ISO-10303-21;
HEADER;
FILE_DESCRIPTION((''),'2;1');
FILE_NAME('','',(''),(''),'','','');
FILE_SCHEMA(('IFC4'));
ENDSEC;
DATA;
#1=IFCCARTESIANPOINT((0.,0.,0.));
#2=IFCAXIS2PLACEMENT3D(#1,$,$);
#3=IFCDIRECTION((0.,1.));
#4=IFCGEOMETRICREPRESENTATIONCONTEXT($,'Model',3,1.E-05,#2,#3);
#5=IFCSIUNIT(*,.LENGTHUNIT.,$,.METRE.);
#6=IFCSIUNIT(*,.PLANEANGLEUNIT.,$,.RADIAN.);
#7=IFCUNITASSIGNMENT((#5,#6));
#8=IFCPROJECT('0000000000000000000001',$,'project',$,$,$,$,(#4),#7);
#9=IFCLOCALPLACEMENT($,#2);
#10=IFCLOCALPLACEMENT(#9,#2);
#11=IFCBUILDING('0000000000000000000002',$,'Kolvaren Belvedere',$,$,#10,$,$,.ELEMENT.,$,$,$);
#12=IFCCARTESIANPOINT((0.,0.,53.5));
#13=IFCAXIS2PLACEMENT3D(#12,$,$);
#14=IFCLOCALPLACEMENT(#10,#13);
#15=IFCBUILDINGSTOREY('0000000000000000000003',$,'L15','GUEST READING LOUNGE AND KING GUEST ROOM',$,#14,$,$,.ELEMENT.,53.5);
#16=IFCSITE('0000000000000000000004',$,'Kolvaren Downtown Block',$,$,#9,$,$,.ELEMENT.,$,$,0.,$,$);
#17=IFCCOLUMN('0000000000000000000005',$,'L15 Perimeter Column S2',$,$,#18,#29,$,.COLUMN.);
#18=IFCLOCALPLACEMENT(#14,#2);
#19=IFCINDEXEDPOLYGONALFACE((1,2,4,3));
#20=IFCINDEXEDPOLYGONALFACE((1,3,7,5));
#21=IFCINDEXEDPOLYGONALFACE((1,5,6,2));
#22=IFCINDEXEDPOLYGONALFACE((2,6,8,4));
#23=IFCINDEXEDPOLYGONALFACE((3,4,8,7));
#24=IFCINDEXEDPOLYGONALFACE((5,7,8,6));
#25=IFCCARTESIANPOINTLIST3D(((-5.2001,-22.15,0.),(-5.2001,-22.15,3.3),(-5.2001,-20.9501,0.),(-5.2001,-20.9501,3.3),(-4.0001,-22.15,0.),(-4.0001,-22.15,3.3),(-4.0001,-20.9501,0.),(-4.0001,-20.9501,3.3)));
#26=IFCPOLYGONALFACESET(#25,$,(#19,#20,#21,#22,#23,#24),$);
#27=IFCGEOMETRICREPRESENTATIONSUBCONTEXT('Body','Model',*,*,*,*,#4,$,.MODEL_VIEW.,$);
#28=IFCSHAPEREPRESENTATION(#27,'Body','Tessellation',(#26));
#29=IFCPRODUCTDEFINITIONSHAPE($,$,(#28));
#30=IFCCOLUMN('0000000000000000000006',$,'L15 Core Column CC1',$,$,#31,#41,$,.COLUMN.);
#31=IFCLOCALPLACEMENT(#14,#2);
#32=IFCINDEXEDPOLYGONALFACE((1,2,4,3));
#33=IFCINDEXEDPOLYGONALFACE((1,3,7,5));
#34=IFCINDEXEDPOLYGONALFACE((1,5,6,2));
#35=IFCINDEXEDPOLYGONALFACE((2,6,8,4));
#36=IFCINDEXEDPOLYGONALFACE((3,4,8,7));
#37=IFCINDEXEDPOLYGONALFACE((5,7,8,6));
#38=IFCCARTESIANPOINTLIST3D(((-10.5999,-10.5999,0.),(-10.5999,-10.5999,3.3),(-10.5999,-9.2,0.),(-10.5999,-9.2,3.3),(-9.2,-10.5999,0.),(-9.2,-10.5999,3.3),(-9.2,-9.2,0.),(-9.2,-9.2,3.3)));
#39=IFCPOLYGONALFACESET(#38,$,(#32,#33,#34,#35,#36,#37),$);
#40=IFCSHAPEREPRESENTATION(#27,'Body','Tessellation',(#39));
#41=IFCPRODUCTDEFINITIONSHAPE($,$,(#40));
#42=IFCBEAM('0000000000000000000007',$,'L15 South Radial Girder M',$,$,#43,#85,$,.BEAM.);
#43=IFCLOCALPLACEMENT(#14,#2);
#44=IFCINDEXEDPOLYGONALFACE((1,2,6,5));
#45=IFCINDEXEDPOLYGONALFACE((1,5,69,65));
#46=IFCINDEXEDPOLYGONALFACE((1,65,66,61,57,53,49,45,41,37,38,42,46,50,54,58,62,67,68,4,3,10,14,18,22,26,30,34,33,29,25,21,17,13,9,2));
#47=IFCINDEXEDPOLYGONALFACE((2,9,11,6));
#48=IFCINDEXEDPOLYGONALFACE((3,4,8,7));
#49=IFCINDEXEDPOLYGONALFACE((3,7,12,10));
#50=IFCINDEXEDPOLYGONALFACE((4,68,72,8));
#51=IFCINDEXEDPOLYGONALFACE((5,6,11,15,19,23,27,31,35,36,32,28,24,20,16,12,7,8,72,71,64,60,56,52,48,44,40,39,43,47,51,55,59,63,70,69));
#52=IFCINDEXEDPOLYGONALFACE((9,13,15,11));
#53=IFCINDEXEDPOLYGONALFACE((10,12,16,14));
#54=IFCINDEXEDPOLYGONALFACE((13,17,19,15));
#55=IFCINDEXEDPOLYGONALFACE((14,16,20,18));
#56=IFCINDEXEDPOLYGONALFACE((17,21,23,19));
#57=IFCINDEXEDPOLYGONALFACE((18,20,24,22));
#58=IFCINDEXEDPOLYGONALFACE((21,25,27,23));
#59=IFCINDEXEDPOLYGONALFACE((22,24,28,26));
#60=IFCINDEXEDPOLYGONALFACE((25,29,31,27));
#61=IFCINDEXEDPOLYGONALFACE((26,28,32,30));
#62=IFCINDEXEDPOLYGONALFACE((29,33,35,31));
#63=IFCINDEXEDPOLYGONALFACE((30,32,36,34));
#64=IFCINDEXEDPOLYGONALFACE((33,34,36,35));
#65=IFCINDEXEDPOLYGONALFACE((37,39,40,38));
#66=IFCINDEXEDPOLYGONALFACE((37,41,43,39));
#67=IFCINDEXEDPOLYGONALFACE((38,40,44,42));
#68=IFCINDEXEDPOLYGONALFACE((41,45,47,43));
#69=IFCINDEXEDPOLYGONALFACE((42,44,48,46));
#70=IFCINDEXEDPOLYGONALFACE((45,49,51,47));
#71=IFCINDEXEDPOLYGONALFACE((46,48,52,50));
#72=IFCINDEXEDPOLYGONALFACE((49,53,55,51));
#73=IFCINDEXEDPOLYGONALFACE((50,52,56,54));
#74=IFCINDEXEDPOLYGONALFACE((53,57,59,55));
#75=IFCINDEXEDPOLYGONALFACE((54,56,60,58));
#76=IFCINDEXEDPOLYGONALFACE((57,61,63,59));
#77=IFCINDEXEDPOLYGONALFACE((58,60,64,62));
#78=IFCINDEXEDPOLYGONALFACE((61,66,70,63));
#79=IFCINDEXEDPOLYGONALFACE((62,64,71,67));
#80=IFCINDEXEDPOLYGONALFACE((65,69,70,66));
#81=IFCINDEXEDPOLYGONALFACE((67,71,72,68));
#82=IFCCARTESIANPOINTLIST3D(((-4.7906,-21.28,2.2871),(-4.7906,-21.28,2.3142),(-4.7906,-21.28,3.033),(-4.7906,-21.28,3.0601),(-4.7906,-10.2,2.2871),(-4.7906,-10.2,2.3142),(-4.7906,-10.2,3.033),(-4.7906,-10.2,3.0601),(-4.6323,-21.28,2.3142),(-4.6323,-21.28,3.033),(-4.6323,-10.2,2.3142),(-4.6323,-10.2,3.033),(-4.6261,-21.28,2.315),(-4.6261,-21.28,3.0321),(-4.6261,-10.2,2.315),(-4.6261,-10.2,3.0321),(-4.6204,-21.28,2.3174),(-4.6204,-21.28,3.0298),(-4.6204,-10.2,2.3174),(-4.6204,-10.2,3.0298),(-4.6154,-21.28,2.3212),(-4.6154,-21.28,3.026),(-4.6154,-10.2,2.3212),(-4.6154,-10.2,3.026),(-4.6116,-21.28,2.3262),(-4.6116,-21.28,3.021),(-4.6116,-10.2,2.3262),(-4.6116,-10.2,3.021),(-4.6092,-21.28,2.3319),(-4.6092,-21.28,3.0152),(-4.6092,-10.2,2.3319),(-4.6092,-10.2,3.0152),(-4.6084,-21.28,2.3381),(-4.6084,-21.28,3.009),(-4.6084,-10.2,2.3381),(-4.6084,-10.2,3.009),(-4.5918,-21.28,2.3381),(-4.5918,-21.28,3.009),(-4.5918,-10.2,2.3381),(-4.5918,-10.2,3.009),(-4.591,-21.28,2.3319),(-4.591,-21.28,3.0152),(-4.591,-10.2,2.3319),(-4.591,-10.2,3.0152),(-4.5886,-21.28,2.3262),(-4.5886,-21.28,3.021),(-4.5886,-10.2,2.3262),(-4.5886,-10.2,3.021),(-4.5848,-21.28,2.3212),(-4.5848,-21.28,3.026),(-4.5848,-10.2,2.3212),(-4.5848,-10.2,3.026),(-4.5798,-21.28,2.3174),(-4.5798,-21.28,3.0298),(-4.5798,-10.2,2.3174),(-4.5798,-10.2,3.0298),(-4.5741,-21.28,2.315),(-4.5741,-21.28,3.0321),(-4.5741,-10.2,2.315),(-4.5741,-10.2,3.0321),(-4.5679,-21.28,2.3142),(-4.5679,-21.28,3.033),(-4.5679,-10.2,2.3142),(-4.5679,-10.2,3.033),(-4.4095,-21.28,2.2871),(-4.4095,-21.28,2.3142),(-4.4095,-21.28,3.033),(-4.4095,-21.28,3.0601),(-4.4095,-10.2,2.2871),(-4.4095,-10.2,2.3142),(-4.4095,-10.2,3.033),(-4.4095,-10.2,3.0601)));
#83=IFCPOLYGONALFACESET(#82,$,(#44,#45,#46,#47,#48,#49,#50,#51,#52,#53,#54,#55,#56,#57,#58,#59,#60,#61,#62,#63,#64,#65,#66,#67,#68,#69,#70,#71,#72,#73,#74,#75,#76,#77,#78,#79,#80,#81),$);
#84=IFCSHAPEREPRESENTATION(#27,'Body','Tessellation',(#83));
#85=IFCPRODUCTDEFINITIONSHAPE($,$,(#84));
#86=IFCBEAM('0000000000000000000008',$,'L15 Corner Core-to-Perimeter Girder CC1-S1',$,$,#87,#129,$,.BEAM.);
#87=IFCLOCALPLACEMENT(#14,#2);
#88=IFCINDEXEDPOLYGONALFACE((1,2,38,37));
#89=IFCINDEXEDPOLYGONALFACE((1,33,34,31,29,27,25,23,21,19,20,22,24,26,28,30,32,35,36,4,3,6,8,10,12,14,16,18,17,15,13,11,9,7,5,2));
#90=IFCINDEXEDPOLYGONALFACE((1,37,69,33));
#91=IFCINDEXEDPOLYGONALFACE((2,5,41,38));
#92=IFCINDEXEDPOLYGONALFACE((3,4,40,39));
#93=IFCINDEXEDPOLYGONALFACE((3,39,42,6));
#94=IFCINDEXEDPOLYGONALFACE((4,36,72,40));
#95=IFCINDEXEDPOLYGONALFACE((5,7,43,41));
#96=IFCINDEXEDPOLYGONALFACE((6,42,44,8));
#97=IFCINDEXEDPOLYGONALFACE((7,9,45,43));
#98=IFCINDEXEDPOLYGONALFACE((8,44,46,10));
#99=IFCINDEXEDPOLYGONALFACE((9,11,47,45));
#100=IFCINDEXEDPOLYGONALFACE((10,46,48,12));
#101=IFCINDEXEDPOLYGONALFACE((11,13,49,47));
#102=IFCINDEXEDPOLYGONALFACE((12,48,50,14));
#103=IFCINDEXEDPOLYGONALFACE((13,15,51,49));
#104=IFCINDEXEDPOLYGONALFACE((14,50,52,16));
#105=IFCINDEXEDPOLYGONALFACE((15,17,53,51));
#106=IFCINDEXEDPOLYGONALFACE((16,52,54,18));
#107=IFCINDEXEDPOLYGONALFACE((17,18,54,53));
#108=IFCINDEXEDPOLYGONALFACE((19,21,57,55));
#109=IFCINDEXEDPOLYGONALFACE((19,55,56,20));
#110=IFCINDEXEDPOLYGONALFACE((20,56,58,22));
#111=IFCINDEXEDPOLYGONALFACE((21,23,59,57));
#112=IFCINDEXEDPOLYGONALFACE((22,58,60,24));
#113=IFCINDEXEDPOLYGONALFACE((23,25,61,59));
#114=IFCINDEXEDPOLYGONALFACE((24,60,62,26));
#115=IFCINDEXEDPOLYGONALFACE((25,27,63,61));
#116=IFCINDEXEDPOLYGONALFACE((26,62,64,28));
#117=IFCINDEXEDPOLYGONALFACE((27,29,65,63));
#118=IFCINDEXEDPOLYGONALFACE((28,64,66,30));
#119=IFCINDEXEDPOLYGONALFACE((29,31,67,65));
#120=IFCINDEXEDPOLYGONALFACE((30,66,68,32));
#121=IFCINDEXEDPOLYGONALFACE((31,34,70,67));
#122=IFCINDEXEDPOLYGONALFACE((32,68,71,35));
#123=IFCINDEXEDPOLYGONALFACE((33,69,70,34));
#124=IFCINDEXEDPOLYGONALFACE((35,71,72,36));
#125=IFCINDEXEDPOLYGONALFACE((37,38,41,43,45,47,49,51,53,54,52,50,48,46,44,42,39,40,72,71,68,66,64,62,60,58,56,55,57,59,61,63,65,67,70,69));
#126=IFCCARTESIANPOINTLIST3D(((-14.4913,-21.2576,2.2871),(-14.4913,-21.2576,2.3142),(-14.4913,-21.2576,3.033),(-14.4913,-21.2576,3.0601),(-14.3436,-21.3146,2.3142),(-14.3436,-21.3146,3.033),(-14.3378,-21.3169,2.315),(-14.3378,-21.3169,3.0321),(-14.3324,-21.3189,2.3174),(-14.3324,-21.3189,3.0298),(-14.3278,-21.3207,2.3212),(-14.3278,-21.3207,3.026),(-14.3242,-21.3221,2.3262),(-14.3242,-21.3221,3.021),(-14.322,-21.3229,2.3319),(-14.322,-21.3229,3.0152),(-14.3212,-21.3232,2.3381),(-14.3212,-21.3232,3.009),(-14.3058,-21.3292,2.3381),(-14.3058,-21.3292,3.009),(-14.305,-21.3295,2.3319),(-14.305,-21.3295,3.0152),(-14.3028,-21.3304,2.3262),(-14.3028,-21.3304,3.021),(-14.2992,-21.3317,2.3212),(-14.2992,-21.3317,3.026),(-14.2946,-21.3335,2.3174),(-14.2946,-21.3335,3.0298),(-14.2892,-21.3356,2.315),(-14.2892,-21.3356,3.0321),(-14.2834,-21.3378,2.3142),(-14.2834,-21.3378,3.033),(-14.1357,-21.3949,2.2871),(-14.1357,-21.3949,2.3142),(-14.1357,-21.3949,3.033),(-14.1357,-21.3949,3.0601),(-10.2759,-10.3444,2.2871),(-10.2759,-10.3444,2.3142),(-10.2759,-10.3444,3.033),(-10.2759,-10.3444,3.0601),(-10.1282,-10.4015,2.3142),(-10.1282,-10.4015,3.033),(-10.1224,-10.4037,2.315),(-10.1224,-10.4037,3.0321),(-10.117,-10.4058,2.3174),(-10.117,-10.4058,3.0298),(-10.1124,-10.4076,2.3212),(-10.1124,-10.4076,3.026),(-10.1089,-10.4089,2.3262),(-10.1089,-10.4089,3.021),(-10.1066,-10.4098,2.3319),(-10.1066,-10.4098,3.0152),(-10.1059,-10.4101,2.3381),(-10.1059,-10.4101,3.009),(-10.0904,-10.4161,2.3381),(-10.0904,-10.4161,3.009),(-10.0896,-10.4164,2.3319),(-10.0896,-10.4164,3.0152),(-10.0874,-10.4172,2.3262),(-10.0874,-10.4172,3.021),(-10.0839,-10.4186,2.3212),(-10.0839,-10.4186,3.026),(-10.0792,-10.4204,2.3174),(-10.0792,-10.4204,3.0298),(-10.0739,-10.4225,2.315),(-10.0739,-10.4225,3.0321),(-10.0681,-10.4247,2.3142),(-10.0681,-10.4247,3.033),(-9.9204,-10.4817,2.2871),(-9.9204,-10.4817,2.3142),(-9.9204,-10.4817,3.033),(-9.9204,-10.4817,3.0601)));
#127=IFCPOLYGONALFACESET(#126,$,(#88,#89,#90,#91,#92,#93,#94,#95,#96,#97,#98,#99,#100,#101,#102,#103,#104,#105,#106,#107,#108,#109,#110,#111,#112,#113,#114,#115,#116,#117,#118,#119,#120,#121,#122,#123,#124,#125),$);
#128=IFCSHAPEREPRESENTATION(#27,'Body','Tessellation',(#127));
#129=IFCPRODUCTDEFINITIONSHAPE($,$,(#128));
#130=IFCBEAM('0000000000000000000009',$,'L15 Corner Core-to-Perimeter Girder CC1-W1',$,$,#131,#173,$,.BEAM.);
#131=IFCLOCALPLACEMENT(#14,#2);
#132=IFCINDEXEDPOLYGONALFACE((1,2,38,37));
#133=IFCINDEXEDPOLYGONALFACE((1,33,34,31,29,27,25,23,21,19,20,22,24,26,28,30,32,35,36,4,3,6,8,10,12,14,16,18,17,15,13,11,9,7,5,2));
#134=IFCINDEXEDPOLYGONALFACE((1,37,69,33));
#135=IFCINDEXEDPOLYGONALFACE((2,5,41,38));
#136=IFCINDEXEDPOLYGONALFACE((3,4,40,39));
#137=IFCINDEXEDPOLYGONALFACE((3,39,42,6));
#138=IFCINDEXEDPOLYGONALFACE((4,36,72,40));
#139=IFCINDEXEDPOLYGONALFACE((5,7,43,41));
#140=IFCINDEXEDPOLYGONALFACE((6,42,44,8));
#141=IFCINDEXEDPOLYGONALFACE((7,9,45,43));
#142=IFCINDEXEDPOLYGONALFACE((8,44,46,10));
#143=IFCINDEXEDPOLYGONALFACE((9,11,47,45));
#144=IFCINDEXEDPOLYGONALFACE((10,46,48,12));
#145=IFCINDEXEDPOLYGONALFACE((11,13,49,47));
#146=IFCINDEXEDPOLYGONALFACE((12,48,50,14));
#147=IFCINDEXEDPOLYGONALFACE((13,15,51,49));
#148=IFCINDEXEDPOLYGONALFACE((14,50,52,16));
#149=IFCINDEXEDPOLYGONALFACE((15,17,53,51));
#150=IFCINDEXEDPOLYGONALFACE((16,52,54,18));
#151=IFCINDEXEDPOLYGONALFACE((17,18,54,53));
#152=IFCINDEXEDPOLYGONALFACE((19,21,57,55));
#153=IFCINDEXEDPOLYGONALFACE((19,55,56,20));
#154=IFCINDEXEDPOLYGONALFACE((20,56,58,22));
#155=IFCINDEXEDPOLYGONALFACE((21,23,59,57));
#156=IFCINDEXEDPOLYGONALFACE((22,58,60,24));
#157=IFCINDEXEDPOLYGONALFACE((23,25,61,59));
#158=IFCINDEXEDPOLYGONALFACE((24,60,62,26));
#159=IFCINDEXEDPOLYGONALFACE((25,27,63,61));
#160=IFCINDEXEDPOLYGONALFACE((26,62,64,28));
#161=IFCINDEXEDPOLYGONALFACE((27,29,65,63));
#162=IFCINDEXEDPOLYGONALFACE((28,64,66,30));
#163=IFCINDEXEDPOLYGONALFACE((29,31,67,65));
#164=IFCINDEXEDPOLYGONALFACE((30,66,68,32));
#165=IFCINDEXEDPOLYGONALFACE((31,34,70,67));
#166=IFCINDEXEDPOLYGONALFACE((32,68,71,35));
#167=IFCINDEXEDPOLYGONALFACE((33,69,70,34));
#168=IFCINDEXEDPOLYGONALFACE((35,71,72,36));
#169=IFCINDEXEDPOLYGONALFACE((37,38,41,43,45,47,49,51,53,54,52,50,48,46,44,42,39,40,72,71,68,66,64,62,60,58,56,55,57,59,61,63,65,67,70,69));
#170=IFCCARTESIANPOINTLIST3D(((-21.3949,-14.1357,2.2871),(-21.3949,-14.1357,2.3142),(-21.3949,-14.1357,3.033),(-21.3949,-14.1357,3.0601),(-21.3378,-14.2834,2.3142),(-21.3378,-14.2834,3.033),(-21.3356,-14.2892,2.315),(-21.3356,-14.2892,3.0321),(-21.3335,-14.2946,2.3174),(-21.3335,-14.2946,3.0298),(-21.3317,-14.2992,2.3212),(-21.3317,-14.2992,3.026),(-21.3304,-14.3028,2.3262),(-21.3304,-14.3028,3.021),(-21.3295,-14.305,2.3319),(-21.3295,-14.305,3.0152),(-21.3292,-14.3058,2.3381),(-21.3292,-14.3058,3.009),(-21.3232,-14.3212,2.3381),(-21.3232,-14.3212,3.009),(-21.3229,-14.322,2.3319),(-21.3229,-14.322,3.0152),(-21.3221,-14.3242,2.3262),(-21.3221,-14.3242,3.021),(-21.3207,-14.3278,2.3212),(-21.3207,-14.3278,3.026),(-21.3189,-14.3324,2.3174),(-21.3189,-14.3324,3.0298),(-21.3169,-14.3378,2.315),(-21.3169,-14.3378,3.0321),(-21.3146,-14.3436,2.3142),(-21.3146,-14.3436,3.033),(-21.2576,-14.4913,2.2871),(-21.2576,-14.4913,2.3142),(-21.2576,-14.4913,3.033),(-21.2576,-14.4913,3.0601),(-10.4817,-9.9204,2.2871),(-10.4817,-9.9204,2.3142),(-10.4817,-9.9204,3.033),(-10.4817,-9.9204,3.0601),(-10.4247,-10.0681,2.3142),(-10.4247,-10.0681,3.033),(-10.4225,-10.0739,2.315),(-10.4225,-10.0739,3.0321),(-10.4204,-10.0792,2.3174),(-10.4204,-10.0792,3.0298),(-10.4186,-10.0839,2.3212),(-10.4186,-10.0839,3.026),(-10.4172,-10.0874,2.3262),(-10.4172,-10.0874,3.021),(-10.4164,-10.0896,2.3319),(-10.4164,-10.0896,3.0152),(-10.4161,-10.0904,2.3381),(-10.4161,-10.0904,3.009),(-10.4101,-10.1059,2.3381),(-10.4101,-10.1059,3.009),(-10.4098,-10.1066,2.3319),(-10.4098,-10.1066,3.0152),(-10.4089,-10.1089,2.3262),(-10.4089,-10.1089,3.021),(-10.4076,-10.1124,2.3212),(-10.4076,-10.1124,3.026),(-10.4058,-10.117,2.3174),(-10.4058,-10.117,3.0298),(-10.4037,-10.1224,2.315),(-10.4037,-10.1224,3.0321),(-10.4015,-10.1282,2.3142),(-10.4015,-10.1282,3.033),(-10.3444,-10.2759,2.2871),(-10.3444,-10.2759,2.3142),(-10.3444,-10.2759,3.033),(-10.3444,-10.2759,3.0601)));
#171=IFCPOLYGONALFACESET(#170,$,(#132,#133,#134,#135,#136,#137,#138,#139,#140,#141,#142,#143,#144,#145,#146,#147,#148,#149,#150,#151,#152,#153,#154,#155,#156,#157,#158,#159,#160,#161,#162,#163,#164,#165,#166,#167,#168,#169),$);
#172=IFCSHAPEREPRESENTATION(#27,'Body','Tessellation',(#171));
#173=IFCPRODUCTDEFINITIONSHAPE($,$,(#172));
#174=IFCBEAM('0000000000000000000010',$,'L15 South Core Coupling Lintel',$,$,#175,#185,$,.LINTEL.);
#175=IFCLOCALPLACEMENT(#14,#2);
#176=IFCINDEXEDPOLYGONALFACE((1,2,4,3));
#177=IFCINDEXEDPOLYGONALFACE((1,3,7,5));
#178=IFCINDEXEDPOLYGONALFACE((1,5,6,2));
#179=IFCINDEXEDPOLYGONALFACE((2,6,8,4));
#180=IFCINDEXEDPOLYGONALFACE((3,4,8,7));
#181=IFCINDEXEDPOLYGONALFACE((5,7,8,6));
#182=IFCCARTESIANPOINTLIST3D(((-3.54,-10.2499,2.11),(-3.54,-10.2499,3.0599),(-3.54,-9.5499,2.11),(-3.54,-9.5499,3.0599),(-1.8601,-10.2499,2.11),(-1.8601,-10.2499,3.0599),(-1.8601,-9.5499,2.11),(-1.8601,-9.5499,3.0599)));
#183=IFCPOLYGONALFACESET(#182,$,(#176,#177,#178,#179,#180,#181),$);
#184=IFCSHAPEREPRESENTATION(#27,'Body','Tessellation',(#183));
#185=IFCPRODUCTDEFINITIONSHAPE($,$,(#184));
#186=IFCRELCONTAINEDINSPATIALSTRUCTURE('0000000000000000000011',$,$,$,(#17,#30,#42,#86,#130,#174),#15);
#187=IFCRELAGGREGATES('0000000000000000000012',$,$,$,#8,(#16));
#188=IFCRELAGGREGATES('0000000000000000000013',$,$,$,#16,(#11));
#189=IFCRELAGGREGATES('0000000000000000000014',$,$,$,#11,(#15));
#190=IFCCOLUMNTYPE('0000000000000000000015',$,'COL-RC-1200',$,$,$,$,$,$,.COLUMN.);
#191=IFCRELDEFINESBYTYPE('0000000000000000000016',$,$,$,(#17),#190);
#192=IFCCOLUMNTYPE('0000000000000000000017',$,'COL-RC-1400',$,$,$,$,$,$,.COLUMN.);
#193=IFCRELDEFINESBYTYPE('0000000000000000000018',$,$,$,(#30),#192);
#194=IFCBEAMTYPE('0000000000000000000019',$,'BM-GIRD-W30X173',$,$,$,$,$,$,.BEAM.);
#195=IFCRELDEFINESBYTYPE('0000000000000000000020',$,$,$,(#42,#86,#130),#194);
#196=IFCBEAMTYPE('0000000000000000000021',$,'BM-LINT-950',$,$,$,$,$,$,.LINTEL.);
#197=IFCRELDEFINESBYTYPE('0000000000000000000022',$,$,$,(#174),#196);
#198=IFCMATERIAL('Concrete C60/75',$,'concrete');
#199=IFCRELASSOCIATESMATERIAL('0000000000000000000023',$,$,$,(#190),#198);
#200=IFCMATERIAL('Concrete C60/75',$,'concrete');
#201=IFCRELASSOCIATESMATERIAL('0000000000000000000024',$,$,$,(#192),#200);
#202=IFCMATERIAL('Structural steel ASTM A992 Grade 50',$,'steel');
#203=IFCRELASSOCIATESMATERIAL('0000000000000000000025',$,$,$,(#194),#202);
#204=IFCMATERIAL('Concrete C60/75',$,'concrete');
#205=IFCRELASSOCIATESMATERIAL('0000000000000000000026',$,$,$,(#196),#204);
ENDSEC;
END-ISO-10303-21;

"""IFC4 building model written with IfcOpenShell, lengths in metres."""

from ifc_helpers import new_model, si_unit, direction, frame, origin, origin_2d, place, context, subcontext, project, spatial, rectangle, i_section, extrude, material, material_profile, profile_set, type_object, element, save


model = new_model("IFC4")

# Units and contexts
model_context = context("Model", 3, precision=1e-05, world=origin(), true_north=direction((0.0, 1.0)))
body_context = subcontext(model_context, "Body", "Model", "MODEL_VIEW")
ifc_project = project(units=[si_unit("LENGTHUNIT", "METRE"), si_unit("PLANEANGLEUNIT", "RADIAN")], contexts=[model_context])

# Site, building, storey
site_placement = place(None, origin())
site = spatial("IfcSite", under=ifc_project, at=site_placement, Name="Kolvaren Downtown Block", CompositionType="ELEMENT", RefElevation=0.0)
building_placement = place(site_placement, origin())
building = spatial("IfcBuilding", under=site, at=building_placement, Name="Kolvaren Belvedere", CompositionType="ELEMENT")
storey_placement = place(building_placement, frame((0.0, 0.0, 53.5)))
storey = spatial("IfcBuildingStorey", under=building, at=storey_placement, Name="L15", Description="GUEST READING LOUNGE AND KING GUEST ROOM", CompositionType="ELEMENT", Elevation=53.5)

# Columns
ifc_material_1 = material(Name="Concrete C60/75", Category="concrete")
ifc_material_profile_1 = material_profile(ifc_material_1, rectangle(XDim=1.2, YDim=1.2, at=origin_2d()), Name="RC 1200X1200")
ifc_profile_set_1 = profile_set([ifc_material_profile_1], Name="Concrete C60/75")
column_type_1 = type_object("IfcColumnType", Name="COL-RC-1200", PredefinedType="COLUMN", material=ifc_profile_set_1)
column_1_placement = place(storey_placement, frame((-4.6001, -21.55, 0.0), z_axis=(0.0, 0.0, 1.0), x_axis=(1.0, 0.0, 0.0)))
element("IfcColumn", 1, at=column_1_placement, inside=storey, type_object=column_type_1, Name="L15 Perimeter Column S2", PredefinedType="COLUMN", context=body_context, shape_type="SweptSolid", body=[
    extrude(rectangle(XDim=1.2, YDim=1.2, at=origin_2d()), origin(), (0.0, 0.0, 1.0), 3.3),
])
ifc_material_2 = material(Name="Concrete C60/75", Category="concrete")
ifc_material_profile_2 = material_profile(ifc_material_2, rectangle(XDim=1.3999, YDim=1.3999, at=origin_2d()), Name="RC 1400X1400")
ifc_profile_set_2 = profile_set([ifc_material_profile_2], Name="Concrete C60/75")
column_type_2 = type_object("IfcColumnType", Name="COL-RC-1400", PredefinedType="COLUMN", material=ifc_profile_set_2)
column_2_placement = place(storey_placement, frame((-9.8999, -9.8999, 0.0), z_axis=(0.0, 0.0, 1.0), x_axis=(1.0, 0.0, 0.0)))
element("IfcColumn", 2, at=column_2_placement, inside=storey, type_object=column_type_2, Name="L15 Core Column CC1", PredefinedType="COLUMN", context=body_context, shape_type="SweptSolid", body=[
    extrude(rectangle(XDim=1.3999, YDim=1.3999, at=origin_2d()), origin(), (0.0, 0.0, 1.0), 3.3),
])

# Beams
ifc_material_3 = material(Name="Structural steel ASTM A992 Grade 50", Category="steel")
ifc_material_profile_3 = material_profile(ifc_material_3, i_section(OverallWidth=0.3811, OverallDepth=0.7729, WebThickness=0.0166, FlangeThickness=0.0271, FilletRadius=0.0239, at=origin_2d()), Name="W30X173")
ifc_profile_set_3 = profile_set([ifc_material_profile_3], Name="Structural steel ASTM A992 Grade 50")
beam_type_1 = type_object("IfcBeamType", Name="BM-GIRD-W30X173", PredefinedType="BEAM", material=ifc_profile_set_3)
beam_1_placement = place(storey_placement, frame((-4.6001, -10.2, 2.6736), z_axis=(0.0, -1.0, 0.0), x_axis=(1.0, 0.0, 0.0)))
element("IfcBeam", 3, at=beam_1_placement, inside=storey, type_object=beam_type_1, Name="L15 South Radial Girder M", PredefinedType="BEAM", context=body_context, shape_type="SweptSolid", body=[
    extrude(i_section(OverallWidth=0.3811, OverallDepth=0.7729, WebThickness=0.0166, FlangeThickness=0.0271, FilletRadius=0.0239, at=origin_2d()), origin(), (0.0, 0.0, 1.0), 11.0801),
])
for number, where, z_axis, x_axis, name in (
    (4, (-10.0981, -10.4131, 2.6736), (-0.360318, -0.932829, 0.0), (0.932829, -0.360318, 0.0), "L15 Corner Core-to-Perimeter Girder CC1-S1"),
    (5, (-10.4131, -10.0981, 2.6736), (-0.932829, -0.360318, 0.0), (0.360318, -0.932829, 0.0), "L15 Corner Core-to-Perimeter Girder CC1-W1"),
):
    element("IfcBeam", number, at=place(storey_placement, frame(where, z_axis=z_axis, x_axis=x_axis)), inside=storey, type_object=beam_type_1, Name=name, PredefinedType="BEAM", context=body_context, shape_type="SweptSolid", body=[
        extrude(i_section(OverallWidth=0.3811, OverallDepth=0.7729, WebThickness=0.0166, FlangeThickness=0.0271, FilletRadius=0.0239, at=origin_2d()), origin(), (0.0, 0.0, 1.0), 11.699),
    ])
ifc_material_4 = material(Name="Concrete C60/75", Category="concrete")
ifc_material_profile_4 = material_profile(ifc_material_4, rectangle(XDim=0.7, YDim=0.95, at=origin_2d()), Name="RC 700X950")
ifc_profile_set_4 = profile_set([ifc_material_profile_4], Name="Concrete C60/75")
beam_type_2 = type_object("IfcBeamType", Name="BM-LINT-950", PredefinedType="LINTEL", material=ifc_profile_set_4)
beam_2_placement = place(storey_placement, frame((-3.54, -9.8999, 2.585), z_axis=(1.0, 0.0, 0.0), x_axis=(0.0, 1.0, 0.0)))
element("IfcBeam", 6, at=beam_2_placement, inside=storey, type_object=beam_type_2, Name="L15 South Core Coupling Lintel", PredefinedType="LINTEL", context=body_context, shape_type="SweptSolid", body=[
    extrude(rectangle(XDim=0.7, YDim=0.95, at=origin_2d()), origin(), (0.0, 0.0, 1.0), 1.6799),
])

save(model, "model.ifc")
